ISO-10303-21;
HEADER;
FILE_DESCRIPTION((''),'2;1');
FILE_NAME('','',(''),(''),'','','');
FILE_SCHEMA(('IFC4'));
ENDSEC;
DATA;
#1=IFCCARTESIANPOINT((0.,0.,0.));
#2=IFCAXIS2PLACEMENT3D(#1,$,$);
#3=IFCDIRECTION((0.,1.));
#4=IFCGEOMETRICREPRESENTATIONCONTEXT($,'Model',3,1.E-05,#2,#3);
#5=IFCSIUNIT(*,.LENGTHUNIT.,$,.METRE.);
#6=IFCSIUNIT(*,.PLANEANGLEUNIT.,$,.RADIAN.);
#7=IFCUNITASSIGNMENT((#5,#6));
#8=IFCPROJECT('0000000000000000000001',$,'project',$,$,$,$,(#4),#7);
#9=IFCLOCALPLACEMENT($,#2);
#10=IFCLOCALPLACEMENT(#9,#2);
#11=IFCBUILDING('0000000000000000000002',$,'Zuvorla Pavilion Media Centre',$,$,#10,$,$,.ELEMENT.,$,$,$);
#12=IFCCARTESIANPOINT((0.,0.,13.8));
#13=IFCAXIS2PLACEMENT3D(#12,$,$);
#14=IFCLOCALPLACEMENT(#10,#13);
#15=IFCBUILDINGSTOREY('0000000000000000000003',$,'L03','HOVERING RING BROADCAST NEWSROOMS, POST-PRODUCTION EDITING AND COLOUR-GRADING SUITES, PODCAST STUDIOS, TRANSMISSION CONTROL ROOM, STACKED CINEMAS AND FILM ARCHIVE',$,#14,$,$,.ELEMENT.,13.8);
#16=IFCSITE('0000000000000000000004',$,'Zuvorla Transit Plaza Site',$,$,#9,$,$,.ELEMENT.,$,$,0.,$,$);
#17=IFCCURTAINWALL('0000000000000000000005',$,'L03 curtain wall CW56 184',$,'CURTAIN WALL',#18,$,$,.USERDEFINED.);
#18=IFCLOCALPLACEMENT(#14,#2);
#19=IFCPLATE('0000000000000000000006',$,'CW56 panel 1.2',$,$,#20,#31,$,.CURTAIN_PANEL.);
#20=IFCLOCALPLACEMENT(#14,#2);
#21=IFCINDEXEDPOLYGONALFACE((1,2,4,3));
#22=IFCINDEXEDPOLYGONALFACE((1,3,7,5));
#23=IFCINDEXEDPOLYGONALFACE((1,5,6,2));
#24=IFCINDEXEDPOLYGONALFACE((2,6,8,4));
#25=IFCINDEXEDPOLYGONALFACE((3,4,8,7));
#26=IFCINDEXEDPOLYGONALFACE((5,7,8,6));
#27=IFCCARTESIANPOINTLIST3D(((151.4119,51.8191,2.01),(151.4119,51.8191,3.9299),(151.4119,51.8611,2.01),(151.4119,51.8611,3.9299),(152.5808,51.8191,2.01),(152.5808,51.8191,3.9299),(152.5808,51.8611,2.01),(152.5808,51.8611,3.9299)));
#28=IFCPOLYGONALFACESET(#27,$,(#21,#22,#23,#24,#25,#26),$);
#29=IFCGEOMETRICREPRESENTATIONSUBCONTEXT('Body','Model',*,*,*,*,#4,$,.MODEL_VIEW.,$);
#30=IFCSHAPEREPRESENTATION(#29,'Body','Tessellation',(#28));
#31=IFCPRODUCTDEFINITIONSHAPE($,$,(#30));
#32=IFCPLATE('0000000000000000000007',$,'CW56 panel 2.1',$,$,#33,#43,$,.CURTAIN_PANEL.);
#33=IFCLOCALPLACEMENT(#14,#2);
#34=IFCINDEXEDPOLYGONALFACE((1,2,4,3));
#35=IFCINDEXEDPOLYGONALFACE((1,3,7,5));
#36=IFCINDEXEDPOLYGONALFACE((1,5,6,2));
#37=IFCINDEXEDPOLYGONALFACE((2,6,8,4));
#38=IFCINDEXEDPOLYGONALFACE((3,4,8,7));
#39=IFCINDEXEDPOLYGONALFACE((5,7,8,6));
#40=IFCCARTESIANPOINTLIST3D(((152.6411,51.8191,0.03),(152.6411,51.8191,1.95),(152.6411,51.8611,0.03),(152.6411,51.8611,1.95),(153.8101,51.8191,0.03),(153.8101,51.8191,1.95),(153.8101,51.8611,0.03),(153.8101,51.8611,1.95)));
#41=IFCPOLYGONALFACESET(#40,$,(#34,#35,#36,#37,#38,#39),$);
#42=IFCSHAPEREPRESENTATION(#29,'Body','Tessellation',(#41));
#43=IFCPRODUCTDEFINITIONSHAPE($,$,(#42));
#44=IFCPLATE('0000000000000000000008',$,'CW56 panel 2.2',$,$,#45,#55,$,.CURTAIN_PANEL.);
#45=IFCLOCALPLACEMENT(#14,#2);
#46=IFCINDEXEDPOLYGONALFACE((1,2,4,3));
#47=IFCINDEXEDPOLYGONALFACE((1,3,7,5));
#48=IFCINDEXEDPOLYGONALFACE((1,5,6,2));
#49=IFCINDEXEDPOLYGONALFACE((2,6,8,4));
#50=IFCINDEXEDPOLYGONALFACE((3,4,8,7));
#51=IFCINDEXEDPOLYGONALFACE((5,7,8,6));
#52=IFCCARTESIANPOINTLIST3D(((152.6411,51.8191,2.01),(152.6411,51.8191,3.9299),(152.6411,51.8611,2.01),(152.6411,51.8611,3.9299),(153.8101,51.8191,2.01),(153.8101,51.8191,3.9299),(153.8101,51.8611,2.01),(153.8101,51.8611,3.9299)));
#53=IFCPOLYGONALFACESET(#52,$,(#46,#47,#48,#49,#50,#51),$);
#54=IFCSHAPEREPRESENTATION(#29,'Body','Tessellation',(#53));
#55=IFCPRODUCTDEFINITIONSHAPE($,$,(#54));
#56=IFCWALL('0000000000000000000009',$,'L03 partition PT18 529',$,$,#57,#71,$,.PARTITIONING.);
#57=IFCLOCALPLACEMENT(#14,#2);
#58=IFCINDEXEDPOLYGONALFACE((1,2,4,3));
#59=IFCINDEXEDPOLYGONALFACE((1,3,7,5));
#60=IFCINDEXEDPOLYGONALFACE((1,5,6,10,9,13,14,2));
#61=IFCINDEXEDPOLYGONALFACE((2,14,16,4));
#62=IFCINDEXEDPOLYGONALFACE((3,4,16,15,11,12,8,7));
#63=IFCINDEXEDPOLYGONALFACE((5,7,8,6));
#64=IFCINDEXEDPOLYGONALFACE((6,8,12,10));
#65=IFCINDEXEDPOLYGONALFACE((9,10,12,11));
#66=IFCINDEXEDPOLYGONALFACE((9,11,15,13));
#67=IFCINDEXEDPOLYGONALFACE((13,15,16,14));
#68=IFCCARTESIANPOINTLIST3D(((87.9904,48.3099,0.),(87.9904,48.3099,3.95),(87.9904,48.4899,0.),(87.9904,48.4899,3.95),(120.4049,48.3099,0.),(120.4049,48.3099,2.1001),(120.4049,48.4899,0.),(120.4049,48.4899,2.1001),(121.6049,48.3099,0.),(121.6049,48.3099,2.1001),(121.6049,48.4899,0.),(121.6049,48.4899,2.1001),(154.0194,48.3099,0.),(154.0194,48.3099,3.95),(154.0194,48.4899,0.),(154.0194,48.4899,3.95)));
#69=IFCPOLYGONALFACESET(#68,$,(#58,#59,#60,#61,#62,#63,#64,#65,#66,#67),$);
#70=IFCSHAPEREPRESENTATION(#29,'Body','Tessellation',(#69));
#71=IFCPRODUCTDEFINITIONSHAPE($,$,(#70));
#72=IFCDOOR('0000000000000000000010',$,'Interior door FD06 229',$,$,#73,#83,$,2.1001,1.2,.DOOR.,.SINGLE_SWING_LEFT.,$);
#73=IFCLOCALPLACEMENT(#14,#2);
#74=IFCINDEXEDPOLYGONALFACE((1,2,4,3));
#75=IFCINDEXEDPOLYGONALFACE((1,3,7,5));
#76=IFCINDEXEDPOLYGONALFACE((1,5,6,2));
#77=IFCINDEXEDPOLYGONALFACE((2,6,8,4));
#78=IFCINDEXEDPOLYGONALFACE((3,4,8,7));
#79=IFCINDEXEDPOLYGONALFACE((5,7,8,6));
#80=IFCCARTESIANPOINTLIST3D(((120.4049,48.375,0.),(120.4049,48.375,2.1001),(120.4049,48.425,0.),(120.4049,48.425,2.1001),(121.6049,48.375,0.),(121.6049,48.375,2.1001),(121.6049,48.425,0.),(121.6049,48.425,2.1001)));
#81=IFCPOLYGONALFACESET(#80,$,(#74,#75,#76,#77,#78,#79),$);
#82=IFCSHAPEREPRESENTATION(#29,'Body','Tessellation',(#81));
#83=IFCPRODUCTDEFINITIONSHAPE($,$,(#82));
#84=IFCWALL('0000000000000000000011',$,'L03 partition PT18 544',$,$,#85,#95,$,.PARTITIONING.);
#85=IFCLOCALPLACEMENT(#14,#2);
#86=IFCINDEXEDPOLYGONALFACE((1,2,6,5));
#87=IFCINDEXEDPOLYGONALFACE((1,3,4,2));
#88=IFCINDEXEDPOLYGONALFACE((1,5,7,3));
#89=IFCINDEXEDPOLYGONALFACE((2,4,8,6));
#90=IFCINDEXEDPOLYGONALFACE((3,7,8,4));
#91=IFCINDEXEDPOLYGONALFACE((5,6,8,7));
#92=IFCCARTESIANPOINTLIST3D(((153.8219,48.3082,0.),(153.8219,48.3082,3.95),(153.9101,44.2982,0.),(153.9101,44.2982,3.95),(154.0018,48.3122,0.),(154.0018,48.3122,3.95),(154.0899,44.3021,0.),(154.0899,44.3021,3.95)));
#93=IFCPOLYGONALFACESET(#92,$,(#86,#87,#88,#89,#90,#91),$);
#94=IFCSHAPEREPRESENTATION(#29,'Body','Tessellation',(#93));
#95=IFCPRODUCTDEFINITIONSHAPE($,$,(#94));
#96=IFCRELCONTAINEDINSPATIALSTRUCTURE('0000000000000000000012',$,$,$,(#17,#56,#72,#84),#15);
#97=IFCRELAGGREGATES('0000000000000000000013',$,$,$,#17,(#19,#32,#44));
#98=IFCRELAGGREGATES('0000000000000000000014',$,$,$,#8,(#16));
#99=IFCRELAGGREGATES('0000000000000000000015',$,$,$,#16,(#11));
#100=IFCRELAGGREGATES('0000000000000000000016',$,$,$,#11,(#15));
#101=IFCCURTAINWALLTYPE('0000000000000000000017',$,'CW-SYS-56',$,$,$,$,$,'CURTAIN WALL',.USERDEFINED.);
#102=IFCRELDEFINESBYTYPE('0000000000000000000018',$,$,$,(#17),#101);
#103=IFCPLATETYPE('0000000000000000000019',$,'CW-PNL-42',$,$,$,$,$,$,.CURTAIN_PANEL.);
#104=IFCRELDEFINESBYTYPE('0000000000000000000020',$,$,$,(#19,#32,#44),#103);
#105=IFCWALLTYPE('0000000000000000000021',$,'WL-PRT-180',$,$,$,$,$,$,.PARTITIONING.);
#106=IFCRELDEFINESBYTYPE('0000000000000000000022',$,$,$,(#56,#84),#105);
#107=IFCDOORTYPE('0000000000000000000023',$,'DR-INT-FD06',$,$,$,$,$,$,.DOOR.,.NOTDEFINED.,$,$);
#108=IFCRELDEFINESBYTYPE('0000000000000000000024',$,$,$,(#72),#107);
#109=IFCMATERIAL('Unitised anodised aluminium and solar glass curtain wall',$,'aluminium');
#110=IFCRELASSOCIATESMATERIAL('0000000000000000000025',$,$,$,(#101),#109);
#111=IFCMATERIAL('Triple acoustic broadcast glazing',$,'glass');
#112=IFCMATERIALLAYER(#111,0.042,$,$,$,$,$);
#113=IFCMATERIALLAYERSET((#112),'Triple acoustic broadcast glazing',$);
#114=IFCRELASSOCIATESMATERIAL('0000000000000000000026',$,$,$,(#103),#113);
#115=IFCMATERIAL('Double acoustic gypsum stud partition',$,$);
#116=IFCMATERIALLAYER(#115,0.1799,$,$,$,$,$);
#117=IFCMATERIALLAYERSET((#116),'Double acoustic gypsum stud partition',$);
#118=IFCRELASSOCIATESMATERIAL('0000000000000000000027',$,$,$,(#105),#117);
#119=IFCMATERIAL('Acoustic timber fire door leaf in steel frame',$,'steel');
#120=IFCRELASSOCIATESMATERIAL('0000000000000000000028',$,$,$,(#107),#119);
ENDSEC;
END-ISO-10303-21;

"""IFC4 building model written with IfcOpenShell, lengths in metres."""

from ifc_helpers import new_model, si_unit, direction, frame, frame_2d, origin, origin_2d, place, context, subcontext, project, spatial, rectangle, extrude, material, layer, layer_set, type_object, element, fill, aggregate, save


model = new_model("IFC4")

# Units and contexts
model_context = context("Model", 3, precision=1e-05, world=origin(), true_north=direction((0.0, 1.0)))
body_context = subcontext(model_context, "Body", "Model", "MODEL_VIEW")
ifc_project = project(units=[si_unit("LENGTHUNIT", "METRE"), si_unit("PLANEANGLEUNIT", "RADIAN")], contexts=[model_context])

# Site, building, storey
site_placement = place(None, origin())
site = spatial("IfcSite", under=ifc_project, at=site_placement, Name="Zuvorla Transit Plaza Site", CompositionType="ELEMENT", RefElevation=0.0)
building_placement = place(site_placement, origin())
building = spatial("IfcBuilding", under=site, at=building_placement, Name="Zuvorla Pavilion Media Centre", CompositionType="ELEMENT")
storey_placement = place(building_placement, frame((0.0, 0.0, 13.8)))
storey = spatial("IfcBuildingStorey", under=building, at=storey_placement, Name="L03", Description="HOVERING RING BROADCAST NEWSROOMS, POST-PRODUCTION EDITING AND COLOUR-GRADING SUITES, PODCAST STUDIOS, TRANSMISSION CONTROL ROOM, STACKED CINEMAS AND FILM ARCHIVE", CompositionType="ELEMENT", Elevation=13.8)

# Curtain wall
ifc_material_1 = material(Name="Unitised anodised aluminium and solar glass curtain wall", Category="aluminium")
curtain_wall_type_1 = type_object("IfcCurtainWallType", Name="CW-SYS-56", ElementType="CURTAIN WALL", PredefinedType="USERDEFINED", material=ifc_material_1)
curtain_wall_1_placement = place(storey_placement, origin())
curtain_wall_1 = element("IfcCurtainWall", 1, at=curtain_wall_1_placement, inside=storey, type_object=curtain_wall_type_1, Name="L03 curtain wall CW56 184", ObjectType="CURTAIN WALL", PredefinedType="USERDEFINED")

# Plates
ifc_material_2 = material(Name="Triple acoustic broadcast glazing", Category="glass")
ifc_layer_1 = layer(ifc_material_2, 0.042)
ifc_layer_set_1 = layer_set([ifc_layer_1], Name="Triple acoustic broadcast glazing")
plate_type = type_object("IfcPlateType", Name="CW-PNL-42", PredefinedType="CURTAIN_PANEL", material=ifc_layer_set_1)
plate_1_placement = place(storey_placement, frame((151.9963, 51.8401, 2.01), z_axis=(0.0, 0.0, 1.0), x_axis=(1.0, 0.0, 0.0)))
plate_1 = element("IfcPlate", 2, at=plate_1_placement, type_object=plate_type, Name="CW56 panel 1.2", PredefinedType="CURTAIN_PANEL", context=body_context, shape_type="SweptSolid", body=[
    extrude(rectangle(XDim=1.1689, YDim=0.042, at=origin_2d()), origin(), (0.0, 0.0, 1.0), 1.9199),
])
plate_2_placement = place(storey_placement, frame((153.2256, 51.8401, 0.03), z_axis=(0.0, 0.0, 1.0), x_axis=(1.0, 0.0, 0.0)))
plate_2 = element("IfcPlate", 3, at=plate_2_placement, type_object=plate_type, Name="CW56 panel 2.1", PredefinedType="CURTAIN_PANEL", context=body_context, shape_type="SweptSolid", body=[
    extrude(rectangle(XDim=1.1689, YDim=0.042, at=origin_2d()), origin(), (0.0, 0.0, 1.0), 1.9199),
])
plate_3_placement = place(storey_placement, frame((153.2256, 51.8401, 2.01), z_axis=(0.0, 0.0, 1.0), x_axis=(1.0, 0.0, 0.0)))
plate_3 = element("IfcPlate", 4, at=plate_3_placement, type_object=plate_type, Name="CW56 panel 2.2", PredefinedType="CURTAIN_PANEL", context=body_context, shape_type="SweptSolid", body=[
    extrude(rectangle(XDim=1.1689, YDim=0.042, at=origin_2d()), origin(), (0.0, 0.0, 1.0), 1.9199),
])
aggregate(curtain_wall_1, [plate_1, plate_2, plate_3])

# Wall, opening, door
ifc_material_3 = material(Name="Double acoustic gypsum stud partition")
ifc_layer_2 = layer(ifc_material_3, 0.1799)
ifc_layer_set_2 = layer_set([ifc_layer_2], Name="Double acoustic gypsum stud partition")
wall_type = type_object("IfcWallType", Name="WL-PRT-180", PredefinedType="PARTITIONING", material=ifc_layer_set_2)
wall_1_placement = place(storey_placement, frame((154.0195, 48.3999, 0.0), z_axis=(0.0, 0.0, 1.0), x_axis=(-1.0, 0.0, 0.0)))
wall_1 = element("IfcWall", 5, at=wall_1_placement, inside=storey, type_object=wall_type, Name="L03 partition PT18 529", PredefinedType="PARTITIONING", context=body_context, shape_type="SweptSolid", body=[
    extrude(rectangle(XDim=66.0291, YDim=0.1799, at=frame_2d((33.0146, 0.0))), origin(), (0.0, 0.0, 1.0), 3.95),
])
opening_placement = place(wall_1_placement, frame((32.4146, 0.0, 0.0)))
opening = element("IfcOpeningElement", 6, at=opening_placement, cuts=wall_1, PredefinedType="OPENING", context=body_context, shape_type="SweptSolid", body=[
    extrude(rectangle(XDim=1.2, YDim=2.1001, at=frame_2d((0.6001, 1.05))), frame((0.0, 0.0999, 0.0), z_axis=(0.0, -1.0, 0.0), x_axis=(1.0, 0.0, 0.0)), (0.0, 0.0, 1.0), 0.2),
])
ifc_material_4 = material(Name="Acoustic timber fire door leaf in steel frame", Category="steel")
door_type = type_object("IfcDoorType", Name="DR-INT-FD06", OperationType="NOTDEFINED", PredefinedType="DOOR", material=ifc_material_4)
door_placement = place(opening_placement, origin())
door = element("IfcDoor", 7, at=door_placement, inside=storey, type_object=door_type, Name="Interior door FD06 229", OperationType="SINGLE_SWING_LEFT", OverallHeight=2.1001, OverallWidth=1.2, PredefinedType="DOOR", context=body_context, shape_type="SweptSolid", body=[
    extrude(rectangle(XDim=1.2, YDim=2.1001, at=frame_2d((0.6001, 1.05))), frame((0.0, 0.0249, 0.0), z_axis=(0.0, -1.0, 0.0), x_axis=(1.0, 0.0, 0.0)), (0.0, 0.0, 1.0), 0.05),
])
fill(opening, door)

# Wall
wall_2_placement = place(storey_placement, frame((153.9119, 48.3101, 0.0), z_axis=(0.0, 0.0, 1.0), x_axis=(0.021973, -0.999759, 0.0)))
element("IfcWall", 8, at=wall_2_placement, inside=storey, type_object=wall_type, Name="L03 partition PT18 544", PredefinedType="PARTITIONING", context=body_context, shape_type="SweptSolid", body=[
    extrude(rectangle(XDim=4.011, YDim=0.1799, at=frame_2d((2.0054, 0.0))), origin(), (0.0, 0.0, 1.0), 3.95),
])

save(model, "model.ifc")
